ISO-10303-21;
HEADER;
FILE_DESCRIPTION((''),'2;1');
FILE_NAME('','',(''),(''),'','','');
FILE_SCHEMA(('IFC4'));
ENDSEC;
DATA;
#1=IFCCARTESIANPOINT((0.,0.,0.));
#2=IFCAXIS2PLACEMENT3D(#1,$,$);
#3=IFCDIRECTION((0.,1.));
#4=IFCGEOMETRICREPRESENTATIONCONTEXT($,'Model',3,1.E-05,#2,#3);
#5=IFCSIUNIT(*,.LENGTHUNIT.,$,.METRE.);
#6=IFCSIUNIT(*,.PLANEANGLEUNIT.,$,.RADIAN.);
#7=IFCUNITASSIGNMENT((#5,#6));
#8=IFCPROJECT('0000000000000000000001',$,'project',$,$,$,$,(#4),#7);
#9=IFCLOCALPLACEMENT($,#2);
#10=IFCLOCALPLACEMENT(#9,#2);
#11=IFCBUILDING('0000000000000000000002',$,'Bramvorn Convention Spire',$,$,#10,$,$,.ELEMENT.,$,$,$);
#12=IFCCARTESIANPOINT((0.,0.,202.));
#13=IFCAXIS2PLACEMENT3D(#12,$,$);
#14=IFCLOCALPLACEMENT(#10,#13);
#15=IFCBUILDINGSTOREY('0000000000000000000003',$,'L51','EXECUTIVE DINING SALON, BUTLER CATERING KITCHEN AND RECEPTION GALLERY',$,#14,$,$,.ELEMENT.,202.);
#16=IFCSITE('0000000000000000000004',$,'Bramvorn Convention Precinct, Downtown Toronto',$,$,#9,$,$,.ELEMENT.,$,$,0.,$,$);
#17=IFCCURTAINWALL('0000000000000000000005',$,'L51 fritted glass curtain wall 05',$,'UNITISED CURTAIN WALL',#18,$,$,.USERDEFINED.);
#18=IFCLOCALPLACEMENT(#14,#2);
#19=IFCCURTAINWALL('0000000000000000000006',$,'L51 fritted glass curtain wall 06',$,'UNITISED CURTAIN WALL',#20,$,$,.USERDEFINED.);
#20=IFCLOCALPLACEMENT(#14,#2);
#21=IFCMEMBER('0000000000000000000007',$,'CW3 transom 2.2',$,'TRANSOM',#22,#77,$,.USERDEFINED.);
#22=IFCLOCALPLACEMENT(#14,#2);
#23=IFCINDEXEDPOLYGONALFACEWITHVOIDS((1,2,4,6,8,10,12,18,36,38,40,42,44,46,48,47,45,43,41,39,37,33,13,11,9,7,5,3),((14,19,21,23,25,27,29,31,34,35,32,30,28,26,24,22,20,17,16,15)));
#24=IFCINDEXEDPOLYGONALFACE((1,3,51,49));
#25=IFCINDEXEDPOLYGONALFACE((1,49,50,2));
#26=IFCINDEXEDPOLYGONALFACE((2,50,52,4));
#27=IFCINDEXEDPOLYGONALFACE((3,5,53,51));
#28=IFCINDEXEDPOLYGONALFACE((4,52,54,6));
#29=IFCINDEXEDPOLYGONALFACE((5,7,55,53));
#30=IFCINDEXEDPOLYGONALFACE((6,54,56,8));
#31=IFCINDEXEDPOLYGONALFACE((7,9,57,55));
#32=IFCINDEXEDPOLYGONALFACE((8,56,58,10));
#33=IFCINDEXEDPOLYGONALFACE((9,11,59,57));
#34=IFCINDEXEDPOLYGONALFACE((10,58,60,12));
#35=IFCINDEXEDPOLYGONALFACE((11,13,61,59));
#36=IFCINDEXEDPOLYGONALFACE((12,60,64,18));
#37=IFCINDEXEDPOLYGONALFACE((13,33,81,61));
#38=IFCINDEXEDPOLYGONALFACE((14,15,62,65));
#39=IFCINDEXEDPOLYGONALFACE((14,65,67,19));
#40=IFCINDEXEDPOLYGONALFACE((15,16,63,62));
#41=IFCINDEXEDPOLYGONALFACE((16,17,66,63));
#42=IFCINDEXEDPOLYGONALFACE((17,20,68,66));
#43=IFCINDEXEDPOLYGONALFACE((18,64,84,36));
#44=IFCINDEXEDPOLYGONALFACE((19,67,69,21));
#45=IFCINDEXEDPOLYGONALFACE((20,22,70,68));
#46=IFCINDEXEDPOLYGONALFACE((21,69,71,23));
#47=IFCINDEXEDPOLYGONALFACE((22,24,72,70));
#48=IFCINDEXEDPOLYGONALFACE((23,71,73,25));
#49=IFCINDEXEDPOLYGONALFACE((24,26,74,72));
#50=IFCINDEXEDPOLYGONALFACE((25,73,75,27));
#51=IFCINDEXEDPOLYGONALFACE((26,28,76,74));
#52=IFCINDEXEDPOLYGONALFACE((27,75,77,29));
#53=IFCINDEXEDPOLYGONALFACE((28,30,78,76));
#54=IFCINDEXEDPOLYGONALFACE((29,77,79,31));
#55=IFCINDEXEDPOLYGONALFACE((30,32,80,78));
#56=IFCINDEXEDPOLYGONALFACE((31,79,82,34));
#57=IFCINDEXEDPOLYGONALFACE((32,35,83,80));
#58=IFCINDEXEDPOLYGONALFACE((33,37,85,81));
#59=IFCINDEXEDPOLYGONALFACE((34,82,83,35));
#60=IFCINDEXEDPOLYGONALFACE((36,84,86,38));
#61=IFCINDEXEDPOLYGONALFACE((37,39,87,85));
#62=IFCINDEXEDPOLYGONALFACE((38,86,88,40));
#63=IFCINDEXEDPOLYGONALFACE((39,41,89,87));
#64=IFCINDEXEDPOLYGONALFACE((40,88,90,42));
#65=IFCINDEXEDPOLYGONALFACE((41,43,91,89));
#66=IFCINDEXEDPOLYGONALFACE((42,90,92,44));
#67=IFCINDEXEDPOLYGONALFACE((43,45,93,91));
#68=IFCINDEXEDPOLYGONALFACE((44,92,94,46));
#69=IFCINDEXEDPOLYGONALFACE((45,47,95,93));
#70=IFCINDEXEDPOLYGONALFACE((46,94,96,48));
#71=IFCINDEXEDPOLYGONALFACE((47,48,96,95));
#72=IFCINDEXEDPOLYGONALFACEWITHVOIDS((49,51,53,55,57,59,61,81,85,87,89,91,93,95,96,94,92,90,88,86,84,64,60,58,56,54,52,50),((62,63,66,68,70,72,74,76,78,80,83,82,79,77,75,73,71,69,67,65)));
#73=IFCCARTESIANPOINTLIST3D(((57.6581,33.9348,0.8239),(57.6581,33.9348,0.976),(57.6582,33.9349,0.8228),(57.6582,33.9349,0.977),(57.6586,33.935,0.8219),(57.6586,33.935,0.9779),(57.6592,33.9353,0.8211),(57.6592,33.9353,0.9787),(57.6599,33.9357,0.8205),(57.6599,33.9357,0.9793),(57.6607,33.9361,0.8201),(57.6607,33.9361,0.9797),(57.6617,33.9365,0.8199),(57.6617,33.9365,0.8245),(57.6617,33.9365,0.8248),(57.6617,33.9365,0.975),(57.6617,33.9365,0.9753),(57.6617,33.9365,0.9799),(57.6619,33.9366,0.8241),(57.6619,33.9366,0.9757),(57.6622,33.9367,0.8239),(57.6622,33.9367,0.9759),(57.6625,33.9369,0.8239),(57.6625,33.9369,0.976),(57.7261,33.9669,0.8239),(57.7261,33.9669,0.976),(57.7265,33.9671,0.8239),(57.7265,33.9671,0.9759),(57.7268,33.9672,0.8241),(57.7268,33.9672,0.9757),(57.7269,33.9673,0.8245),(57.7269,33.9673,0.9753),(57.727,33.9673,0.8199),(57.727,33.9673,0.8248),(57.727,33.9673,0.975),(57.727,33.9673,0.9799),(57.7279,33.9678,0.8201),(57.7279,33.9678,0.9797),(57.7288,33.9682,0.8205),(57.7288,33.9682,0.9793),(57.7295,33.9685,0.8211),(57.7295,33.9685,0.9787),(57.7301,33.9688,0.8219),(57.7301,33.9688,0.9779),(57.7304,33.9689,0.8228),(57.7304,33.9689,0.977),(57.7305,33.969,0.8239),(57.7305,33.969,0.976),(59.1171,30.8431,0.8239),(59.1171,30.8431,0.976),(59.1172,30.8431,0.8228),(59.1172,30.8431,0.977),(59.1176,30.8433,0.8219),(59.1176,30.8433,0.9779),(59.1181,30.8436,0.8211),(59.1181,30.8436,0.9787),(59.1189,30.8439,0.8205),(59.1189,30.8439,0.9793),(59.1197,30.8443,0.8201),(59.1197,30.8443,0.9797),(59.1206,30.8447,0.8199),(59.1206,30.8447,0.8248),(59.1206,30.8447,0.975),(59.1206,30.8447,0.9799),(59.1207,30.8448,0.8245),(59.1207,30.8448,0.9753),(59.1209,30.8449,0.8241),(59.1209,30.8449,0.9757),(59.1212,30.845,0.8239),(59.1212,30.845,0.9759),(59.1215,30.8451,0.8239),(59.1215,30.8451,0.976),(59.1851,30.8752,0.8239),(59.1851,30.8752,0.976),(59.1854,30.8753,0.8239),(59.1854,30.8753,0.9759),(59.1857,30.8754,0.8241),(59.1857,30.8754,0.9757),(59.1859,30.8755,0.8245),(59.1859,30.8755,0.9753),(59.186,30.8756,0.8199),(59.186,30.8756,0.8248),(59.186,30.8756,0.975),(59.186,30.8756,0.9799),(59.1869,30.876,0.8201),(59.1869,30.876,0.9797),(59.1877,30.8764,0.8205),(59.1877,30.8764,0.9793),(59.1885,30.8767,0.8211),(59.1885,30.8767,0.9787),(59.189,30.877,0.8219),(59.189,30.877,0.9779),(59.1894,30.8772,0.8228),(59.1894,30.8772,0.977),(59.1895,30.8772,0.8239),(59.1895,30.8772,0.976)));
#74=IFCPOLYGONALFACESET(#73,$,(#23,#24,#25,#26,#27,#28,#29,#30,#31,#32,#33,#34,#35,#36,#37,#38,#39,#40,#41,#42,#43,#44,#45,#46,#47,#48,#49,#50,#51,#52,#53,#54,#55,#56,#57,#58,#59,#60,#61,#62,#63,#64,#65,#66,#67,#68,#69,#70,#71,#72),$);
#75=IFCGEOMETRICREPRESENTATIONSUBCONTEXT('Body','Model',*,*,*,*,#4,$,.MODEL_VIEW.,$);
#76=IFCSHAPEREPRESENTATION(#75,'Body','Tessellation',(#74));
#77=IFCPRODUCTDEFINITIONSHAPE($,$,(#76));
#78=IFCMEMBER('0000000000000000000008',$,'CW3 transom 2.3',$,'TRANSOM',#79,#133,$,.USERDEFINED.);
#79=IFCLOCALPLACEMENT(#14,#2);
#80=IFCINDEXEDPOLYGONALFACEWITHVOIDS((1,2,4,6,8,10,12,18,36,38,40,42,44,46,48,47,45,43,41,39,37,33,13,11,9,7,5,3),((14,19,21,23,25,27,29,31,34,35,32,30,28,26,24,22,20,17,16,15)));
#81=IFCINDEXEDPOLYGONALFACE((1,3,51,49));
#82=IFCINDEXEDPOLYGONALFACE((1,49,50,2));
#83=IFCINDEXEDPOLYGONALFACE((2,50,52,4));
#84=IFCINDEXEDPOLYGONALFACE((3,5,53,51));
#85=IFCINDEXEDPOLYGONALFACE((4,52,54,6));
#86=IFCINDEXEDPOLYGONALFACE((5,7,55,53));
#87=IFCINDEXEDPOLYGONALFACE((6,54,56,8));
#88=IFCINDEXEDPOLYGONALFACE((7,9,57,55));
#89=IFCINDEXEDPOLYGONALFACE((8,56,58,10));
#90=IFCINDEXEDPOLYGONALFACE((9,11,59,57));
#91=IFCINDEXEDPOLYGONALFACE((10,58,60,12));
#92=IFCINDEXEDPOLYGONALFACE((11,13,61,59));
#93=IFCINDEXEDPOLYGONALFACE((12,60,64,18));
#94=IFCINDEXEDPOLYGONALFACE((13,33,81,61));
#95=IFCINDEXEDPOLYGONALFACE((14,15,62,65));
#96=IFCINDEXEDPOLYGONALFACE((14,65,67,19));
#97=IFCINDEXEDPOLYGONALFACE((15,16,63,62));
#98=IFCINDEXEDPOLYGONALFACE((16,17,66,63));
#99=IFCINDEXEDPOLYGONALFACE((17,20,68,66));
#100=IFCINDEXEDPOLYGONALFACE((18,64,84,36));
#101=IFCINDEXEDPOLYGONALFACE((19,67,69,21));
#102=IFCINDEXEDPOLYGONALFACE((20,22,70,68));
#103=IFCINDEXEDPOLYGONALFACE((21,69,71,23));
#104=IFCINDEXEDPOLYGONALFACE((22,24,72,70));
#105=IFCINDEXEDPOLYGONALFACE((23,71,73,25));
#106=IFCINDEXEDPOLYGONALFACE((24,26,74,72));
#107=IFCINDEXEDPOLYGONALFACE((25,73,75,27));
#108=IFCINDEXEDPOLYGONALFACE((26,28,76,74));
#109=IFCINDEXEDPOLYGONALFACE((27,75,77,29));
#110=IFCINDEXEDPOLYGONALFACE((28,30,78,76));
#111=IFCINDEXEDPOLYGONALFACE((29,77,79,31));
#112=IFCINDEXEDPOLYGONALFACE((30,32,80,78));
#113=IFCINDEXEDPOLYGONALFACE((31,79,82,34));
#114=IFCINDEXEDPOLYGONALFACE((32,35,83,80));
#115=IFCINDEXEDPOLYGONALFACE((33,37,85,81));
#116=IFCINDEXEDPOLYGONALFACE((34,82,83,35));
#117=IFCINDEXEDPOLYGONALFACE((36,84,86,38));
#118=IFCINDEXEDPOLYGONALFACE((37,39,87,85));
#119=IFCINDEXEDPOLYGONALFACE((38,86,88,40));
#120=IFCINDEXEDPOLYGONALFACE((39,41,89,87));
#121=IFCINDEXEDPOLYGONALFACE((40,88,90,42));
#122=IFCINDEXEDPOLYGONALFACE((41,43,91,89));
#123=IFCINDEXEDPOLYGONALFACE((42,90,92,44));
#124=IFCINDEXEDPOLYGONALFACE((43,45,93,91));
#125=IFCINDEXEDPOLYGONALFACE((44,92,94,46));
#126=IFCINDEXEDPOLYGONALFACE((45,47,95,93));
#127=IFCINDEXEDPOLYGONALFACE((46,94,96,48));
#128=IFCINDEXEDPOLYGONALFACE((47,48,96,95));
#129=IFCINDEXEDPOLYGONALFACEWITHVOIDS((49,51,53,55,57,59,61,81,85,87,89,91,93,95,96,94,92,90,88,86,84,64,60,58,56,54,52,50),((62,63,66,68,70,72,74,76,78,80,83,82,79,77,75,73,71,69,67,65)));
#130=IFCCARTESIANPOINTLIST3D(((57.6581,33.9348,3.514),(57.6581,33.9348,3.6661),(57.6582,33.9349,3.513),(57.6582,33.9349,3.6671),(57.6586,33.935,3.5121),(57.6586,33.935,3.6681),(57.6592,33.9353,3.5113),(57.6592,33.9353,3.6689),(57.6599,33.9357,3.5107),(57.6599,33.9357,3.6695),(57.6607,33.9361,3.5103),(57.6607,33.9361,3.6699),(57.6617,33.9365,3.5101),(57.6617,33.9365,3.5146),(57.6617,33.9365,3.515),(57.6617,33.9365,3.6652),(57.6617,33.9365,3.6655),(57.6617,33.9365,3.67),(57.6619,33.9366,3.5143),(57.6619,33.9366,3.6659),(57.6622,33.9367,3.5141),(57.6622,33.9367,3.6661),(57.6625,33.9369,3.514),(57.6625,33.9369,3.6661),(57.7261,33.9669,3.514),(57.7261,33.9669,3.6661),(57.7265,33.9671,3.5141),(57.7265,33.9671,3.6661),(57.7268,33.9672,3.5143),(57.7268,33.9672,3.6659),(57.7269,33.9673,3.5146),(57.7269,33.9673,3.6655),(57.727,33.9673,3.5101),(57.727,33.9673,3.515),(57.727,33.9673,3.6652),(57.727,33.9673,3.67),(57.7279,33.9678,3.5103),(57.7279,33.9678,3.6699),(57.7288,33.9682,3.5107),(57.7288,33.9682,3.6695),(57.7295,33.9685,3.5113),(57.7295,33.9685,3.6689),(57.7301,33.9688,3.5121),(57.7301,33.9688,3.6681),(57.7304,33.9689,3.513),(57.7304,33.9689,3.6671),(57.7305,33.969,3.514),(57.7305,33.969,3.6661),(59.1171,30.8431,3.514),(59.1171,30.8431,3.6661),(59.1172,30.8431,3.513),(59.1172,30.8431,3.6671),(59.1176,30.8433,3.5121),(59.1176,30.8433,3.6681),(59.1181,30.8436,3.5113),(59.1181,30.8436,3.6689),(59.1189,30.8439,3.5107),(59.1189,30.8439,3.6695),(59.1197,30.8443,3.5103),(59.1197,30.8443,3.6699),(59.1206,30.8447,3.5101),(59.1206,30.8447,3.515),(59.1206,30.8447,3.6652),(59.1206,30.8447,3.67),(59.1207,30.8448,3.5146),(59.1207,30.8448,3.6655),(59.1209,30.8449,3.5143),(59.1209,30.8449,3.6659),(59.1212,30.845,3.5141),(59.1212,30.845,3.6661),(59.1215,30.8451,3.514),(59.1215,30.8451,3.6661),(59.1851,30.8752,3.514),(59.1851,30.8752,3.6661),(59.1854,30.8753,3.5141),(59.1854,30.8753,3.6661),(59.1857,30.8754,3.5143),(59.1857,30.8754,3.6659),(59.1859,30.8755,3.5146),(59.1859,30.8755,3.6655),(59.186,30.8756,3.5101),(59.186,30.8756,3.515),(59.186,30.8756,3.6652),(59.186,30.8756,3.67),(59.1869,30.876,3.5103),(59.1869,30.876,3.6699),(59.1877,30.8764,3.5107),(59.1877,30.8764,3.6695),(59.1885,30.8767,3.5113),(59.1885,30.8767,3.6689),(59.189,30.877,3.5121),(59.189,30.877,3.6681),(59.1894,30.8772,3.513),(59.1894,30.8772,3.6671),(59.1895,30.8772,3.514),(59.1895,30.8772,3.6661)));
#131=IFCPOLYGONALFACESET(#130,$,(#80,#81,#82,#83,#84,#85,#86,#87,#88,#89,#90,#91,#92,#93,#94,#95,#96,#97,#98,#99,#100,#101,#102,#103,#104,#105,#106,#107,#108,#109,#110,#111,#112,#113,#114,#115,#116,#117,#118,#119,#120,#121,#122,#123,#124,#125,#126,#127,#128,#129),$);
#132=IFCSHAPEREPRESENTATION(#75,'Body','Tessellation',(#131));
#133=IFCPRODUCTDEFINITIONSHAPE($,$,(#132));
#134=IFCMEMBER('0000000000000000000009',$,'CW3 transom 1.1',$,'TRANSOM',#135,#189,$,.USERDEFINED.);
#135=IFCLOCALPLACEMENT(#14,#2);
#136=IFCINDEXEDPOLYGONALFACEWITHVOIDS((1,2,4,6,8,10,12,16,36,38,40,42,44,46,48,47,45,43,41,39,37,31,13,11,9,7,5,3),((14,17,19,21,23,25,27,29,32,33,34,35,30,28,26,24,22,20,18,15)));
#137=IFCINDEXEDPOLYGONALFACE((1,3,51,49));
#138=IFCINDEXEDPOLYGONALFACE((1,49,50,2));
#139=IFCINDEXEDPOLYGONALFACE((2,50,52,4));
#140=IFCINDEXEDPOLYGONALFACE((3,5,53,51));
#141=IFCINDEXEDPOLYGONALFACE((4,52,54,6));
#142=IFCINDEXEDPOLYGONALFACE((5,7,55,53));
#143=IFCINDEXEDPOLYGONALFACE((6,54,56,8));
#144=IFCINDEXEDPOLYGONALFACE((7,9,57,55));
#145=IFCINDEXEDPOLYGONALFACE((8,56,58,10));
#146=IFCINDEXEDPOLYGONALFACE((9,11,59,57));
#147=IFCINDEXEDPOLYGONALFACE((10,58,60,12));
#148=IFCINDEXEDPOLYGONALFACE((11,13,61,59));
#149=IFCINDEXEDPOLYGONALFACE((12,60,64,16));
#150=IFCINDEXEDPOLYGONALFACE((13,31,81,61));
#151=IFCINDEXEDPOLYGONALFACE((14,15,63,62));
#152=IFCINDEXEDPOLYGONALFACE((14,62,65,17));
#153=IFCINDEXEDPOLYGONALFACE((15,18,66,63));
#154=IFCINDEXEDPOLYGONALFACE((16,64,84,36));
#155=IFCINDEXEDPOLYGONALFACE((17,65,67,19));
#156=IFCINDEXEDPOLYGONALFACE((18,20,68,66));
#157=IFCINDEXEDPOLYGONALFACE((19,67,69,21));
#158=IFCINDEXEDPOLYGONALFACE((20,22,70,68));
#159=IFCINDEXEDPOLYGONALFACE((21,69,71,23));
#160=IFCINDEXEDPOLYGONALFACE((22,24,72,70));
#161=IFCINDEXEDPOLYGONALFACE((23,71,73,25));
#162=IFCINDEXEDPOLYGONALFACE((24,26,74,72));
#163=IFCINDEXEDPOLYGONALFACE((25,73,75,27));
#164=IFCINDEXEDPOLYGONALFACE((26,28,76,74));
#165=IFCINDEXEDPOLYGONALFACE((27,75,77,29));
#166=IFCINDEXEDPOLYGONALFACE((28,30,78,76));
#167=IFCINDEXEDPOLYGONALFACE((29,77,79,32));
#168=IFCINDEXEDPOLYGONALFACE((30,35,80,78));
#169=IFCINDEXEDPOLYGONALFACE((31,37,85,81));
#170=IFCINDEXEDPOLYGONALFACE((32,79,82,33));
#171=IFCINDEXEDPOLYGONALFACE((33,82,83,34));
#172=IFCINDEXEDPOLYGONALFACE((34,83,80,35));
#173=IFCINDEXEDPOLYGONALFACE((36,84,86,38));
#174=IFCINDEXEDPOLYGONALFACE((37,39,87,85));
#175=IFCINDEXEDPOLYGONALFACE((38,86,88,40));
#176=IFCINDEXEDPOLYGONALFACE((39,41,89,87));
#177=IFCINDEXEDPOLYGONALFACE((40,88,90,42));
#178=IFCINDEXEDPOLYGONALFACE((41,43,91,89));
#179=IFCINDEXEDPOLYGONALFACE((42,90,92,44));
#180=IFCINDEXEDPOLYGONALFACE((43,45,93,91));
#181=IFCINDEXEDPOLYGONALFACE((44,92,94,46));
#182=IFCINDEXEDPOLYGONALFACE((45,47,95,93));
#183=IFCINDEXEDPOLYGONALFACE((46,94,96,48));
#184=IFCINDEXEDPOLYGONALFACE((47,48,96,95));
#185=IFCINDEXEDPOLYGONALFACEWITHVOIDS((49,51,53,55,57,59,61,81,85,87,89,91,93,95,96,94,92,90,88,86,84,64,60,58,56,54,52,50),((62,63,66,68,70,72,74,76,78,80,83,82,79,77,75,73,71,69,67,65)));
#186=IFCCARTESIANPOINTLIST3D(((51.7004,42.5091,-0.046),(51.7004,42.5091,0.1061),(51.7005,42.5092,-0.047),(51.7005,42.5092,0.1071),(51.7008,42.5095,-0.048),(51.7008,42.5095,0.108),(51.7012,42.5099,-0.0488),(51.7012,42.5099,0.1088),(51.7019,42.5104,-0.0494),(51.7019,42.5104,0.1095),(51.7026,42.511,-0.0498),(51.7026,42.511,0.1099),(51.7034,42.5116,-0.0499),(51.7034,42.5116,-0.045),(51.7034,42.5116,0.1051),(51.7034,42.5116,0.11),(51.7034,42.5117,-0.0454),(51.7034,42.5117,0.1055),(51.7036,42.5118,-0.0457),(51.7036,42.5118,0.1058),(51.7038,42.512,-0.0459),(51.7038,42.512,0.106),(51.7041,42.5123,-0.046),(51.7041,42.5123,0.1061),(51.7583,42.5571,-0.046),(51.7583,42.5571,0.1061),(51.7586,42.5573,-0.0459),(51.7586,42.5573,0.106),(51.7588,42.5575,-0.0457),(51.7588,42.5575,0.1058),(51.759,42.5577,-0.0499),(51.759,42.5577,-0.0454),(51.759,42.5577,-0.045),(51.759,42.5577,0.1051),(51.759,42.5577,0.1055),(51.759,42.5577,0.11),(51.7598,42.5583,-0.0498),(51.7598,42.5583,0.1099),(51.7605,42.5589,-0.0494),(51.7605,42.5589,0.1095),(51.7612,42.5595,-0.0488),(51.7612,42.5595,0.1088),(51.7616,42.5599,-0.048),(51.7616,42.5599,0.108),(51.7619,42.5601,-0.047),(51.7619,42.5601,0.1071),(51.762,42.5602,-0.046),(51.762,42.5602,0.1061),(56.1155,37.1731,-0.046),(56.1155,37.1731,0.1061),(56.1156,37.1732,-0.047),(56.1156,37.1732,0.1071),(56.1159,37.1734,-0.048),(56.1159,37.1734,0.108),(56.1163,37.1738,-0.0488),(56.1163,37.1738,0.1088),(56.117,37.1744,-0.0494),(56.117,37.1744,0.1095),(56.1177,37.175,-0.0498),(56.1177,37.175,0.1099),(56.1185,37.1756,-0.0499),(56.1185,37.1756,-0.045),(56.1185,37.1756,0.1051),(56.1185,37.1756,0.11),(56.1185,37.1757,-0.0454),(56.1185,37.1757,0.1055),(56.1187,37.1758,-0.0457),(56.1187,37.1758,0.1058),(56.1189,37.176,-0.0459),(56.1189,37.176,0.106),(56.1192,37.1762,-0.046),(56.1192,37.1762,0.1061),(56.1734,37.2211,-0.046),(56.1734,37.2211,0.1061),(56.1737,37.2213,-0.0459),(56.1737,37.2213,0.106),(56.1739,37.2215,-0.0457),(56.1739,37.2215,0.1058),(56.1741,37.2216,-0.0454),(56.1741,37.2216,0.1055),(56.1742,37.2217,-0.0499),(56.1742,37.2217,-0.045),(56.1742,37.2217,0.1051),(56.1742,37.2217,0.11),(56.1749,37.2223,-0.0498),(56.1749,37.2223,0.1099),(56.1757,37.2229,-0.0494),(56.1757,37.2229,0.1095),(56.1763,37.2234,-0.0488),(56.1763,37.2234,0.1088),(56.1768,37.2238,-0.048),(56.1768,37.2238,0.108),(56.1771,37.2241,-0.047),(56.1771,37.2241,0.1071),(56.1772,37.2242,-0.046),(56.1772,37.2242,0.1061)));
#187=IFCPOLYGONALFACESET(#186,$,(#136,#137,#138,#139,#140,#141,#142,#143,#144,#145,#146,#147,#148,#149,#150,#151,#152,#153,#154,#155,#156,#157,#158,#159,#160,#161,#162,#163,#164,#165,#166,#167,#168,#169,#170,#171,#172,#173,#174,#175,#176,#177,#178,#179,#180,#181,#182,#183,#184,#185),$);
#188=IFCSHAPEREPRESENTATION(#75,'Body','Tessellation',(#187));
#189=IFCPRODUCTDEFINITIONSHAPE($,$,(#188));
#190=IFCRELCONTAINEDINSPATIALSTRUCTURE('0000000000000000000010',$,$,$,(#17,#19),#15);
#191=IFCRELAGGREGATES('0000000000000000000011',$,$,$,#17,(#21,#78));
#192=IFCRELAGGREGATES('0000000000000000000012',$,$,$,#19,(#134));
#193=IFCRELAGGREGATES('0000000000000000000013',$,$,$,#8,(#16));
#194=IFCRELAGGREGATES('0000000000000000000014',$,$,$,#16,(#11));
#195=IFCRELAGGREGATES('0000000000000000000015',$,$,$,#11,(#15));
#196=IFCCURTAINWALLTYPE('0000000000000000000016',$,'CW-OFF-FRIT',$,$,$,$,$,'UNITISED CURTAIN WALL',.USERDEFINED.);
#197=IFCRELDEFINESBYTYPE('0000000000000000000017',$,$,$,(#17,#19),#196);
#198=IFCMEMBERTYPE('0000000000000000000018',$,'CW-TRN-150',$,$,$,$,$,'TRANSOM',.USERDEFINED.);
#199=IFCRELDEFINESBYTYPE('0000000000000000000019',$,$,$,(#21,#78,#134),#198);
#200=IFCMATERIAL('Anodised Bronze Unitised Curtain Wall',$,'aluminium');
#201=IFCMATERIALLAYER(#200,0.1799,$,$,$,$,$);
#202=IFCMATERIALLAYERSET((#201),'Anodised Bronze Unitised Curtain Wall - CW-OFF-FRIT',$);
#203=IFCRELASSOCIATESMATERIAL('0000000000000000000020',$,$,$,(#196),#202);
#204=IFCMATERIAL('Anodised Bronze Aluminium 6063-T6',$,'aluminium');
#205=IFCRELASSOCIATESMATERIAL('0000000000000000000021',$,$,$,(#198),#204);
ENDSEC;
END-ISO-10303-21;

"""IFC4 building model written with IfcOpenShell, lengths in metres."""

from ifc_helpers import new_model, si_unit, direction, frame, origin, origin_2d, place, context, subcontext, project, spatial, hollow_rectangle, extrude, material, layer, layer_set, material_profile, profile_set, type_object, element, aggregate, save


model = new_model("IFC4")

# Units and contexts
model_context = context("Model", 3, precision=1e-05, world=origin(), true_north=direction((0.0, 1.0)))
body_context = subcontext(model_context, "Body", "Model", "MODEL_VIEW")
ifc_project = project(units=[si_unit("LENGTHUNIT", "METRE"), si_unit("PLANEANGLEUNIT", "RADIAN")], contexts=[model_context])

# Site, building, storey
site_placement = place(None, origin())
site = spatial("IfcSite", under=ifc_project, at=site_placement, Name="Bramvorn Convention Precinct, Downtown Toronto", CompositionType="ELEMENT", RefElevation=0.0)
building_placement = place(site_placement, origin())
building = spatial("IfcBuilding", under=site, at=building_placement, Name="Bramvorn Convention Spire", CompositionType="ELEMENT")
storey_placement = place(building_placement, frame((0.0, 0.0, 202.0)))
storey = spatial("IfcBuildingStorey", under=building, at=storey_placement, Name="L51", Description="EXECUTIVE DINING SALON, BUTLER CATERING KITCHEN AND RECEPTION GALLERY", CompositionType="ELEMENT", Elevation=202.0)

# Curtain walls
ifc_material_1 = material(Name="Anodised Bronze Unitised Curtain Wall", Category="aluminium")
ifc_layer_1 = layer(ifc_material_1, 0.1799)
ifc_layer_set_1 = layer_set([ifc_layer_1], Name="Anodised Bronze Unitised Curtain Wall - CW-OFF-FRIT")
curtain_wall_type = type_object("IfcCurtainWallType", Name="CW-OFF-FRIT", ElementType="UNITISED CURTAIN WALL", PredefinedType="USERDEFINED", material=ifc_layer_set_1)
curtain_wall_1_placement = place(storey_placement, origin())
curtain_wall_1 = element("IfcCurtainWall", 1, at=curtain_wall_1_placement, inside=storey, type_object=curtain_wall_type, Name="L51 fritted glass curtain wall 05", ObjectType="UNITISED CURTAIN WALL", PredefinedType="USERDEFINED")
ifc_material_2 = material(Name="Anodised Bronze Aluminium 6063-T6", Category="aluminium")
curtain_wall_2_placement = place(storey_placement, origin())
curtain_wall_2 = element("IfcCurtainWall", 2, at=curtain_wall_2_placement, inside=storey, type_object=curtain_wall_type, Name="L51 fritted glass curtain wall 06", ObjectType="UNITISED CURTAIN WALL", PredefinedType="USERDEFINED")

# Members
ifc_material_profile_1 = material_profile(ifc_material_2, hollow_rectangle(XDim=0.0801, YDim=0.1599, WallThickness=0.0039, InnerFilletRadius=0.001, OuterFilletRadius=0.0039, at=origin_2d()))
ifc_profile_set_1 = profile_set([ifc_material_profile_1], Name="Anodised Bronze Aluminium 6063-T6 - CWT80X160")
member_type_1 = type_object("IfcMemberType", Name="CW-TRN-150", ElementType="TRANSOM", PredefinedType="USERDEFINED", material=ifc_profile_set_1)
member_1_placement = place(storey_placement, frame((57.6943, 33.9519, 0.8999), z_axis=(0.42676, -0.904365, 0.0), x_axis=(0.904365, 0.42676, 0.0)))
member_1 = element("IfcMember", 3, at=member_1_placement, type_object=member_type_1, Name="CW3 transom 2.2", ObjectType="TRANSOM", PredefinedType="USERDEFINED", context=body_context, shape_type="SweptSolid", body=[
    extrude(hollow_rectangle(XDim=0.0801, YDim=0.1599, WallThickness=0.0039, InnerFilletRadius=0.001, OuterFilletRadius=0.0039, at=origin_2d()), origin(), (0.0, 0.0, 1.0), 3.4187),
])
member_2_placement = place(storey_placement, frame((57.6943, 33.9519, 3.5901), z_axis=(0.42676, -0.904365, 0.0), x_axis=(0.904365, 0.42676, 0.0)))
member_2 = element("IfcMember", 4, at=member_2_placement, type_object=member_type_1, Name="CW3 transom 2.3", ObjectType="TRANSOM", PredefinedType="USERDEFINED", context=body_context, shape_type="SweptSolid", body=[
    extrude(hollow_rectangle(XDim=0.0801, YDim=0.1599, WallThickness=0.0039, InnerFilletRadius=0.001, OuterFilletRadius=0.0039, at=origin_2d()), origin(), (0.0, 0.0, 1.0), 3.4187),
])
member_3_placement = place(storey_placement, frame((51.7312, 42.5347, 0.03), z_axis=(0.63749, -0.770459, 0.0), x_axis=(0.770459, 0.63749, 0.0)))
member_3 = element("IfcMember", 5, at=member_3_placement, type_object=member_type_1, Name="CW3 transom 1.1", ObjectType="TRANSOM", PredefinedType="USERDEFINED", context=body_context, shape_type="SweptSolid", body=[
    extrude(hollow_rectangle(XDim=0.0801, YDim=0.1599, WallThickness=0.0039, InnerFilletRadius=0.001, OuterFilletRadius=0.0039, at=origin_2d()), origin(), (0.0, 0.0, 1.0), 6.9258),
])

aggregate(curtain_wall_1, [member_1, member_2])
aggregate(curtain_wall_2, [member_3])

save(model, "model.ifc")
